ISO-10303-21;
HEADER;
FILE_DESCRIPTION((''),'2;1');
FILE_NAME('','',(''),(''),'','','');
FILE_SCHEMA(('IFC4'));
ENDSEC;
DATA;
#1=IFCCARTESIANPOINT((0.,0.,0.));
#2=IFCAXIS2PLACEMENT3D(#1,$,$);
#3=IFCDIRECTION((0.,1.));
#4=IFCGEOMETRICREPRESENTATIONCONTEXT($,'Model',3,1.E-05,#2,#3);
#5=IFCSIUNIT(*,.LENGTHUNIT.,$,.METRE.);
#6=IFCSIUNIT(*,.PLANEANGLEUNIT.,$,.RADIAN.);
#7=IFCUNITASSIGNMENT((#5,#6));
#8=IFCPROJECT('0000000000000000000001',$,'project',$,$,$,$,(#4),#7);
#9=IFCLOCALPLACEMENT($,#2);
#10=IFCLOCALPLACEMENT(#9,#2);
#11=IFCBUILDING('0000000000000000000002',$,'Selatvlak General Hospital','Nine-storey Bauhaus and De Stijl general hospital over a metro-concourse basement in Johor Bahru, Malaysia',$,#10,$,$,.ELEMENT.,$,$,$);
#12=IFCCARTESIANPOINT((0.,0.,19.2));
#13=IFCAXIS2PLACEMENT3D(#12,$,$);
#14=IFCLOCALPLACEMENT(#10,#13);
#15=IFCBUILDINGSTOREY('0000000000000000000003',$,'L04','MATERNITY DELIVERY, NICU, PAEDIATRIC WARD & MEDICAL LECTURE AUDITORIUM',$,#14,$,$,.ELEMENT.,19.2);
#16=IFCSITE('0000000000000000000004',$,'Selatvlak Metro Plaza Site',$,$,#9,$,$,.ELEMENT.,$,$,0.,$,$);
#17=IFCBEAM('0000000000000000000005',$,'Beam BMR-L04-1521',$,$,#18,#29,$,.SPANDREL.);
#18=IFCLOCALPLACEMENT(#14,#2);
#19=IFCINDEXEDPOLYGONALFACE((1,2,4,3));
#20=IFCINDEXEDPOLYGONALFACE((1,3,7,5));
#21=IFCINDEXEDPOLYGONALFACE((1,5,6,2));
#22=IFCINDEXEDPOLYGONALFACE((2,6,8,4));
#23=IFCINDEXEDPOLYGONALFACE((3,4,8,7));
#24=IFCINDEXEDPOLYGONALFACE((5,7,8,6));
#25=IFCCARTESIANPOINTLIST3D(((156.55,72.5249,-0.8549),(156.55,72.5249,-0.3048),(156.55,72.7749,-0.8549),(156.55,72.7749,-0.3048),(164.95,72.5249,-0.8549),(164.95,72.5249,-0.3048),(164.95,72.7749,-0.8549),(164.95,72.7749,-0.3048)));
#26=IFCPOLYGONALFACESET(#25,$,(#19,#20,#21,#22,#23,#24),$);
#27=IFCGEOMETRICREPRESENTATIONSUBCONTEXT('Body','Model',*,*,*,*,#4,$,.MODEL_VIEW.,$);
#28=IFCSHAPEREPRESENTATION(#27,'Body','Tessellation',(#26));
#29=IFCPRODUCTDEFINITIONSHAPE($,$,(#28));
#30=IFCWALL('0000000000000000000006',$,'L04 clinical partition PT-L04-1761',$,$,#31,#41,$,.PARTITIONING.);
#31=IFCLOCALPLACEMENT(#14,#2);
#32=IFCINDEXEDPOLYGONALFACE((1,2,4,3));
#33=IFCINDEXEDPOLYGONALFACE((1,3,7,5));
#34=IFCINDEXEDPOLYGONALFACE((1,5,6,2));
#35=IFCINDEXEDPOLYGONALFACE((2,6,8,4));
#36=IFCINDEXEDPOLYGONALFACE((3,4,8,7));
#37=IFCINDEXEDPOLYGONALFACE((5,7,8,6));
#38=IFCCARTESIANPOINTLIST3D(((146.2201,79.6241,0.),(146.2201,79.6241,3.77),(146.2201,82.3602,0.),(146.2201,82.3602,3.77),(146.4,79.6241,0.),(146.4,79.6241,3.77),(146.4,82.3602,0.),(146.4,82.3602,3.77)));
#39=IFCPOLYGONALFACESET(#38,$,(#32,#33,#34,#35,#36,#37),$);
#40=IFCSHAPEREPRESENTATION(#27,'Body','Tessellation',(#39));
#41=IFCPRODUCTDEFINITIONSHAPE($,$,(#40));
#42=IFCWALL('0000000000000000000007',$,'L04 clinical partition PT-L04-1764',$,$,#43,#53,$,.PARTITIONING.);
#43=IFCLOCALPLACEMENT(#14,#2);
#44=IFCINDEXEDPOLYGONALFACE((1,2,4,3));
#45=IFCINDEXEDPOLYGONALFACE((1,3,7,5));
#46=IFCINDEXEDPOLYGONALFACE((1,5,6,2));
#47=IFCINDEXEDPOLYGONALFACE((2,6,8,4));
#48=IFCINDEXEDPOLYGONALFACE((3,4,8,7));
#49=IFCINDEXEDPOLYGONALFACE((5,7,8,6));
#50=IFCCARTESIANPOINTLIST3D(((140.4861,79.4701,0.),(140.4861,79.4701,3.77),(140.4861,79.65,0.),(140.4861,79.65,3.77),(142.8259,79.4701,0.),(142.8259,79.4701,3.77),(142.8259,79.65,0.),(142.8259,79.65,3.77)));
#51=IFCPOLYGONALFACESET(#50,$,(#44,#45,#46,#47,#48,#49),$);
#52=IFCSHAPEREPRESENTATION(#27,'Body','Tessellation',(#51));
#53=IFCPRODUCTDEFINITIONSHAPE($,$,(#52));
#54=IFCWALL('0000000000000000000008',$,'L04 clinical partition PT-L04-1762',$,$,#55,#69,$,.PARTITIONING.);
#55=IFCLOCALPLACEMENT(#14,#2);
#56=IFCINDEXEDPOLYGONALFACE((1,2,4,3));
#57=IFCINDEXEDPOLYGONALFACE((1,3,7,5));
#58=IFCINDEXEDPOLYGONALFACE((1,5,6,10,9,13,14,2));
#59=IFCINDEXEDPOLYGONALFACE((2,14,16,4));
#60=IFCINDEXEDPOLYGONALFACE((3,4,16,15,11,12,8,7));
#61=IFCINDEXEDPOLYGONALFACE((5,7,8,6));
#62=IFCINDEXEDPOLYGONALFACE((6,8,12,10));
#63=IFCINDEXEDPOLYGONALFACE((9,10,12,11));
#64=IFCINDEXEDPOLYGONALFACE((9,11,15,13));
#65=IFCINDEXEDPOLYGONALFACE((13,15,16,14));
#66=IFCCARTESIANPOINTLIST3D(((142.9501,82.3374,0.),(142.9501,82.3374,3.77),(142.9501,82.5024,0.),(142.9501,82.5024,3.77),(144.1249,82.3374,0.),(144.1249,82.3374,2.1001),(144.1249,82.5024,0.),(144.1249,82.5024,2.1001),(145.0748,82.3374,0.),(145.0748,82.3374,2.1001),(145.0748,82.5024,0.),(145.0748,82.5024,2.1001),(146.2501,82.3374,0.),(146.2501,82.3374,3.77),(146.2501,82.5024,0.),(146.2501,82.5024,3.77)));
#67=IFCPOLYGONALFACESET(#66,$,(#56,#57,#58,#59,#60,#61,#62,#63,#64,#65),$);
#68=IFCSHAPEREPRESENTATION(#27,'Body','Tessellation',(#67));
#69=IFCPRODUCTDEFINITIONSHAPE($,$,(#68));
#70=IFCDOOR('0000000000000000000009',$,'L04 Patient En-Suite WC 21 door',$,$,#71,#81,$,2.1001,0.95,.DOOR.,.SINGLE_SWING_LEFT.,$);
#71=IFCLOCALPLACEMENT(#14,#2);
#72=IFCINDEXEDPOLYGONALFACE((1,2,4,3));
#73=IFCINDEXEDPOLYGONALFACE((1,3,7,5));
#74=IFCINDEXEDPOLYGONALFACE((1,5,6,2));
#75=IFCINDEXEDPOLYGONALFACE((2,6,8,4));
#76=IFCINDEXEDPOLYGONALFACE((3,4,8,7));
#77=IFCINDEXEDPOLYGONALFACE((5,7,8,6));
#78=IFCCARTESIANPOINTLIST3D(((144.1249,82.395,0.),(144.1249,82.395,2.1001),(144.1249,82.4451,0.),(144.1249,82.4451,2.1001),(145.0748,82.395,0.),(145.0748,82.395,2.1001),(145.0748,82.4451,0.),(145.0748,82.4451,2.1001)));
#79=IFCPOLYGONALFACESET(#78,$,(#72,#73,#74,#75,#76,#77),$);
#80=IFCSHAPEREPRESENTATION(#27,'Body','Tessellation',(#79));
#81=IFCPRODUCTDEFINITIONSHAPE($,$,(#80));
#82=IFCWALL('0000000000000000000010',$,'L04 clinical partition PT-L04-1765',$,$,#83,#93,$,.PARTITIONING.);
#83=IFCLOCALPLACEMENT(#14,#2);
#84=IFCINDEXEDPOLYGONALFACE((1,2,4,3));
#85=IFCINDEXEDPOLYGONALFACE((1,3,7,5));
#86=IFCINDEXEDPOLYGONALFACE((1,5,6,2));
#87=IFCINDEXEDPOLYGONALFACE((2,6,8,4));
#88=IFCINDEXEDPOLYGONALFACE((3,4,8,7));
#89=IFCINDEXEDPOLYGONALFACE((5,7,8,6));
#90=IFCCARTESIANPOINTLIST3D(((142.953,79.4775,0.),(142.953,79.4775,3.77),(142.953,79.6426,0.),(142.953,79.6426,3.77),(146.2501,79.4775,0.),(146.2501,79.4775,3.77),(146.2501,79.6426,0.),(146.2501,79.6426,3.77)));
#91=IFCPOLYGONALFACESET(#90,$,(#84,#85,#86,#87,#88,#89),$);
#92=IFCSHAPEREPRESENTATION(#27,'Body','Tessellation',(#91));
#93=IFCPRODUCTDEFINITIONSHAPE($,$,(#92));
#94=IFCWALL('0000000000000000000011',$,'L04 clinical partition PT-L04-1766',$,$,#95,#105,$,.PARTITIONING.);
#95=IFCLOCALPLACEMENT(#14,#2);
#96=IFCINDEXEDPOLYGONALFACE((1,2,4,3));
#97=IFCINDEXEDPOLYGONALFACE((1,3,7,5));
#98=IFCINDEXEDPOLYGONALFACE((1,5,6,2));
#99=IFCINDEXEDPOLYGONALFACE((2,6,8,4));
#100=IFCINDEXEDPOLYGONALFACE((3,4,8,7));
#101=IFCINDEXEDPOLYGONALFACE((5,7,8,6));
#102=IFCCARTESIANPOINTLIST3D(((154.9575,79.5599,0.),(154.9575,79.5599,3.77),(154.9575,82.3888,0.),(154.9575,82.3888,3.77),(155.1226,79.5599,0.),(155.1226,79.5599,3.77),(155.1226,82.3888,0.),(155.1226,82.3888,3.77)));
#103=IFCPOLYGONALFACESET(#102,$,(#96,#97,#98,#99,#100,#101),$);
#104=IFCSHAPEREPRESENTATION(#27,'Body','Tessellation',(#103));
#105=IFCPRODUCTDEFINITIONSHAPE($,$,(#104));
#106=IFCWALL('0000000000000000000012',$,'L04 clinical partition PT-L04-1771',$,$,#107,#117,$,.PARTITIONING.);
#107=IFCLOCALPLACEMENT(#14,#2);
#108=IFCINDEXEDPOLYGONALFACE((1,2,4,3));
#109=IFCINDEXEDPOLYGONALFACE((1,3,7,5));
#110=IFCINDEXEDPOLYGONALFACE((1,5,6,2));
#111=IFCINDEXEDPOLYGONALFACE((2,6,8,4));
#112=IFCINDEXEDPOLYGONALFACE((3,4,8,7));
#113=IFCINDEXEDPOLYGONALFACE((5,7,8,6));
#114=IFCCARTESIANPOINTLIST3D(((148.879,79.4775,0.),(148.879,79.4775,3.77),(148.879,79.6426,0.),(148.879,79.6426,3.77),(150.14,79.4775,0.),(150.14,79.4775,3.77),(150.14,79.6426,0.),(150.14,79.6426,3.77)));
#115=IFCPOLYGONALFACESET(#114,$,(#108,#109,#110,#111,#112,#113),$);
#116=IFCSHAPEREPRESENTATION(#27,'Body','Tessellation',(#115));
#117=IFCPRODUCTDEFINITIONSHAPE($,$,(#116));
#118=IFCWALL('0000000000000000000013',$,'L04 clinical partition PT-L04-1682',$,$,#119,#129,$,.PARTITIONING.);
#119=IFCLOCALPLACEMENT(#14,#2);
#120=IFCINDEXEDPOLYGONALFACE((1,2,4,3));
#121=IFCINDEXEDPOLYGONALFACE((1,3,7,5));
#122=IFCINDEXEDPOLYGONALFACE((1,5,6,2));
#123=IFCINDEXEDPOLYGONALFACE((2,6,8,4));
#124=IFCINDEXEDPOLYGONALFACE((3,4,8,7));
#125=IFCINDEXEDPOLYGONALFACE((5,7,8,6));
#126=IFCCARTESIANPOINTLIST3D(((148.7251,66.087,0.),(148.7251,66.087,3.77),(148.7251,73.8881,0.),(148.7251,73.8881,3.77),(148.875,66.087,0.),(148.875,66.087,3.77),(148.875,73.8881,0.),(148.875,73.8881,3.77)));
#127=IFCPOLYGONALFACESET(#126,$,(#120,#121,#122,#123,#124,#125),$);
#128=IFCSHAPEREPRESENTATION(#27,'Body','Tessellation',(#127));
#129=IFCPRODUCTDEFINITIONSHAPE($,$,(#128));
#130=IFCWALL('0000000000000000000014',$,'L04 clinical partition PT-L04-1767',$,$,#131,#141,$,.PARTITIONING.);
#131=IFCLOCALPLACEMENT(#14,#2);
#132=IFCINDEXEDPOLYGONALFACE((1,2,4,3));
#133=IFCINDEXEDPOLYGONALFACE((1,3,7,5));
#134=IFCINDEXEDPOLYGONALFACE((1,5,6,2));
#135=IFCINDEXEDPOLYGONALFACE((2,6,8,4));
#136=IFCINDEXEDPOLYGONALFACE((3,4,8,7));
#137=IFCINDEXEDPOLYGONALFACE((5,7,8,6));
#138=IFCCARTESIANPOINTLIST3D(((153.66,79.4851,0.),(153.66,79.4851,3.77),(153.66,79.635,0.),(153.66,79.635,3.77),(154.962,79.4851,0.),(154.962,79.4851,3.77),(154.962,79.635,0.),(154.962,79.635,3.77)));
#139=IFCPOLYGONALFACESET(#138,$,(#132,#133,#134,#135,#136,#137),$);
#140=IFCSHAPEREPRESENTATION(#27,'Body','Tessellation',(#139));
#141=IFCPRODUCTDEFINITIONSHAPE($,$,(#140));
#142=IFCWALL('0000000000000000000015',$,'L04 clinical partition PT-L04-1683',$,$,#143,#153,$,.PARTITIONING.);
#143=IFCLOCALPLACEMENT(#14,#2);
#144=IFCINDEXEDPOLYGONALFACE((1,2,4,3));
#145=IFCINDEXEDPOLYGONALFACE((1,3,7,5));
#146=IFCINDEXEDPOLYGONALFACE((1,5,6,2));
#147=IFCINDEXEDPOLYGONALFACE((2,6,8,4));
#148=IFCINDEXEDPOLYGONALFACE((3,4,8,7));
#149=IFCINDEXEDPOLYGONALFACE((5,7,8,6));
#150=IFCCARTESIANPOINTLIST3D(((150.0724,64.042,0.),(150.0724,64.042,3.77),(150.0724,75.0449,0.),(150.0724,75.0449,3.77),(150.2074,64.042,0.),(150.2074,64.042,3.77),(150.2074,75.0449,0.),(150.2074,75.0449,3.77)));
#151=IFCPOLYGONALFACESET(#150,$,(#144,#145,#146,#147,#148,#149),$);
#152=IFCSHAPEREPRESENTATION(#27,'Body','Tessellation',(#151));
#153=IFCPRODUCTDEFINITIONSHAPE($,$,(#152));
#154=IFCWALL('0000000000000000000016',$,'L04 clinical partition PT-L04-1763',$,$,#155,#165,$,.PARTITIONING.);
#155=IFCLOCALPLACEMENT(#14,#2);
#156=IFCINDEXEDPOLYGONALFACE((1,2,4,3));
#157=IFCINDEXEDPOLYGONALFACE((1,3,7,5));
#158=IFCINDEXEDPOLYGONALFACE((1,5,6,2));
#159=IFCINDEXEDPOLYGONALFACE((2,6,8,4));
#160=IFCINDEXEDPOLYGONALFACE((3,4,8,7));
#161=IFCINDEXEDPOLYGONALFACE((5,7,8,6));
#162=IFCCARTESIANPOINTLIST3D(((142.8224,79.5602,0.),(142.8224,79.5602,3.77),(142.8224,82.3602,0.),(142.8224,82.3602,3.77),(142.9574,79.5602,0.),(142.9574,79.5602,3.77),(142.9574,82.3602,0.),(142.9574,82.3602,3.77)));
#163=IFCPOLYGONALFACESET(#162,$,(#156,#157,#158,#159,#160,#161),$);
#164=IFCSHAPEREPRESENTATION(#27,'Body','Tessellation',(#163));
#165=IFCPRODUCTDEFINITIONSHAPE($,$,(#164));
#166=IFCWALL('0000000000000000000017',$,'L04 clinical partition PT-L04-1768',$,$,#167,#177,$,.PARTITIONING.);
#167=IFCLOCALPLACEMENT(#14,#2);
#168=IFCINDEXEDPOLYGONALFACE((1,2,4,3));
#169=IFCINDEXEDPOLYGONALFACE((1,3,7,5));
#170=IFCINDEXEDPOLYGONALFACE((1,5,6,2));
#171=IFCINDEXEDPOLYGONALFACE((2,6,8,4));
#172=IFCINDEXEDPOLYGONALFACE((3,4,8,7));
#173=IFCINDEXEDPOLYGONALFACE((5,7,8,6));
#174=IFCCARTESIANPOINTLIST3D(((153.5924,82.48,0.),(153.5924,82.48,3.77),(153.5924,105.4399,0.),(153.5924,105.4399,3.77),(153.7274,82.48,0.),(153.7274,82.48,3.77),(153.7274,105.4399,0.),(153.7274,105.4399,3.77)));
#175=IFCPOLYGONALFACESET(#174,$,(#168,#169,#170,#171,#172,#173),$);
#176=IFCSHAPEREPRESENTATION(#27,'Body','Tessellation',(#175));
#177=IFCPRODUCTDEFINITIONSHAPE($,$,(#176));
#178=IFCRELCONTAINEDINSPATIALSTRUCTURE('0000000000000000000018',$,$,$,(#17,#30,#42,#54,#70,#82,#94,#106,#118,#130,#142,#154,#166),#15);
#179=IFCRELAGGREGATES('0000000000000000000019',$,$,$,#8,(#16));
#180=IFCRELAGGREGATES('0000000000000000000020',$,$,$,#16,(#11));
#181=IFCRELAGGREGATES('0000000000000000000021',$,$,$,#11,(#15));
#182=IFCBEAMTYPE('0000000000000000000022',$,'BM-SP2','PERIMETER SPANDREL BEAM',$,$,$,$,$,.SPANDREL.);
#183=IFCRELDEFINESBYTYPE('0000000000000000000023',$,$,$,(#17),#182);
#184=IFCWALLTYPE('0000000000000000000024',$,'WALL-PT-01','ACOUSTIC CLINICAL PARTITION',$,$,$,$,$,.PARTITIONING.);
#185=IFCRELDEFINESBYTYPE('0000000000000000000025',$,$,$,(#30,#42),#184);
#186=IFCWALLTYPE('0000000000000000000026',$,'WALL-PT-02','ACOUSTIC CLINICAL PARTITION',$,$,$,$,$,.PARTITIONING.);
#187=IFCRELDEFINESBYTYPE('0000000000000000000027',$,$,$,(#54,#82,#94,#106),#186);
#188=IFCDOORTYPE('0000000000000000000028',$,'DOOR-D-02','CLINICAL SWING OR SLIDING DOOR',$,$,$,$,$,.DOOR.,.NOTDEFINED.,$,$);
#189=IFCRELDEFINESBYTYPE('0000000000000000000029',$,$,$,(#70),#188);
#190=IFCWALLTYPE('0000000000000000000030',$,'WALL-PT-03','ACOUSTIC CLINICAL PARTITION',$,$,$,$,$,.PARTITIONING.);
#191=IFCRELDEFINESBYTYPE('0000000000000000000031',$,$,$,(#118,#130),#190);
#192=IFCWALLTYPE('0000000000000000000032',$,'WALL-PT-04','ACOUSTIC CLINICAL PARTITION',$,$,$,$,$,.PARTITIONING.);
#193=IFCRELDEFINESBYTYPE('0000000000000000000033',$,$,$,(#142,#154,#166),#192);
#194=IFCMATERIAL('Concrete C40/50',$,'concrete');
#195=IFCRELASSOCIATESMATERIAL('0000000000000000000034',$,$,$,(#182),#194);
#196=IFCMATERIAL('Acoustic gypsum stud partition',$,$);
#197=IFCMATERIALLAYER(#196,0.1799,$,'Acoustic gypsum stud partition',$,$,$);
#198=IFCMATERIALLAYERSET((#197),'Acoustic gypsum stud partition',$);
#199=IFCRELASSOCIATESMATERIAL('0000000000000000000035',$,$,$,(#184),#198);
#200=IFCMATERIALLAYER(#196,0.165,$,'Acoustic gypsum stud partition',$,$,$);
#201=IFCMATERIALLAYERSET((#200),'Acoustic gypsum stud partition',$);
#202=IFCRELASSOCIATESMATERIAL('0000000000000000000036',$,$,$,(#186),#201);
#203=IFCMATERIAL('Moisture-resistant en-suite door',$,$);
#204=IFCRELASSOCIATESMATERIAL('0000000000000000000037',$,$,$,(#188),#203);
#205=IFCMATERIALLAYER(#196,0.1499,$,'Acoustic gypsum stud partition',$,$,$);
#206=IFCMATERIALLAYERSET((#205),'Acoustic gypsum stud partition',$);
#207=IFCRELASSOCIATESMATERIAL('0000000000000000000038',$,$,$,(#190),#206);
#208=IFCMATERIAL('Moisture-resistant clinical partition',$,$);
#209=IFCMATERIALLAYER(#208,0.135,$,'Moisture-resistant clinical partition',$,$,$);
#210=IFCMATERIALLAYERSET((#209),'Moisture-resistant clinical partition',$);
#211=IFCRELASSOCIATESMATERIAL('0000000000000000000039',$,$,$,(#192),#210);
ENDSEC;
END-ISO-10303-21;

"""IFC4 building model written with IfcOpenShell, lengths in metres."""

from ifc_helpers import new_model, si_unit, direction, frame, frame_2d, origin, origin_2d, place, context, subcontext, project, spatial, rectangle, extrude, material, layer, layer_set, material_profile, profile_set, type_object, element, fill, save


model = new_model("IFC4")

# Units and contexts
model_context = context("Model", 3, precision=1e-05, world=origin(), true_north=direction((0.0, 1.0)))
body_context = subcontext(model_context, "Body", "Model", "MODEL_VIEW")
ifc_project = project(units=[si_unit("LENGTHUNIT", "METRE"), si_unit("PLANEANGLEUNIT", "RADIAN")], contexts=[model_context])

# Site, building, storey
site_placement = place(None, origin())
site = spatial("IfcSite", under=ifc_project, at=site_placement, Name="Selatvlak Metro Plaza Site", CompositionType="ELEMENT", RefElevation=0.0)
building_placement = place(site_placement, origin())
building = spatial("IfcBuilding", under=site, at=building_placement, Name="Selatvlak General Hospital", Description="Nine-storey Bauhaus and De Stijl general hospital over a metro-concourse basement in Johor Bahru, Malaysia", CompositionType="ELEMENT")
storey_placement = place(building_placement, frame((0.0, 0.0, 19.2)))
storey = spatial("IfcBuildingStorey", under=building, at=storey_placement, Name="L04", Description="MATERNITY DELIVERY, NICU, PAEDIATRIC WARD & MEDICAL LECTURE AUDITORIUM", CompositionType="ELEMENT", Elevation=19.2)

# Beam
ifc_material_1 = material(Name="Concrete C40/50", Category="concrete")
ifc_material_profile_1 = material_profile(ifc_material_1, rectangle(XDim=0.25, YDim=0.55, at=origin_2d()), Name="RC-SP 250x550")
ifc_profile_set_1 = profile_set([ifc_material_profile_1], Name="Concrete C40/50")
beam_type_1 = type_object("IfcBeamType", Name="BM-SP2", Description="PERIMETER SPANDREL BEAM", PredefinedType="SPANDREL", material=ifc_profile_set_1)
beam_1_placement = place(storey_placement, frame((156.55, 72.6499, -0.5798), z_axis=(1.0, 0.0, 0.0), x_axis=(0.0, 1.0, 0.0)))
element("IfcBeam", 1, at=beam_1_placement, inside=storey, type_object=beam_type_1, Name="Beam BMR-L04-1521", PredefinedType="SPANDREL", context=body_context, shape_type="SweptSolid", body=[
    extrude(rectangle(XDim=0.25, YDim=0.55, at=origin_2d()), origin(), (0.0, 0.0, 1.0), 8.3999),
])

# Walls
ifc_material_2 = material(Name="Acoustic gypsum stud partition")
ifc_layer_1 = layer(ifc_material_2, 0.1799, Name="Acoustic gypsum stud partition")
ifc_layer_set_1 = layer_set([ifc_layer_1], Name="Acoustic gypsum stud partition")
wall_type_1 = type_object("IfcWallType", Name="WALL-PT-01", Description="ACOUSTIC CLINICAL PARTITION", PredefinedType="PARTITIONING", material=ifc_layer_set_1)
wall_1_placement = place(storey_placement, frame((146.3101, 79.624, 0.0), z_axis=(0.0, 0.0, 1.0), x_axis=(0.0, 1.0, 0.0)))
element("IfcWall", 2, at=wall_1_placement, inside=storey, type_object=wall_type_1, Name="L04 clinical partition PT-L04-1761", PredefinedType="PARTITIONING", context=body_context, shape_type="SweptSolid", body=[
    extrude(rectangle(XDim=2.7361, YDim=0.1799, at=frame_2d((1.3682, 0.0))), origin(), (0.0, 0.0, 1.0), 3.77),
])
wall_2_placement = place(storey_placement, frame((142.8259, 79.5601, 0.0), z_axis=(0.0, 0.0, 1.0), x_axis=(-1.0, 0.0, 0.0)))
element("IfcWall", 3, at=wall_2_placement, inside=storey, type_object=wall_type_1, Name="L04 clinical partition PT-L04-1764", PredefinedType="PARTITIONING", context=body_context, shape_type="SweptSolid", body=[
    extrude(rectangle(XDim=2.3398, YDim=0.1799, at=frame_2d((1.1699, 0.0))), origin(), (0.0, 0.0, 1.0), 3.77),
])

# Wall, opening, door
ifc_layer_2 = layer(ifc_material_2, 0.165, Name="Acoustic gypsum stud partition")
ifc_layer_set_2 = layer_set([ifc_layer_2], Name="Acoustic gypsum stud partition")
wall_type_2 = type_object("IfcWallType", Name="WALL-PT-02", Description="ACOUSTIC CLINICAL PARTITION", PredefinedType="PARTITIONING", material=ifc_layer_set_2)
wall_3_placement = place(storey_placement, frame((146.25, 82.4199, 0.0), z_axis=(0.0, 0.0, 1.0), x_axis=(-1.0, 0.0, 0.0)))
wall_3 = element("IfcWall", 4, at=wall_3_placement, inside=storey, type_object=wall_type_2, Name="L04 clinical partition PT-L04-1762", PredefinedType="PARTITIONING", context=body_context, shape_type="SweptSolid", body=[
    extrude(rectangle(XDim=3.3, YDim=0.165, at=frame_2d((1.6499, 0.0))), origin(), (0.0, 0.0, 1.0), 3.77),
])
opening_1_placement = place(wall_3_placement, frame((1.175, 0.0, 0.0)))
opening_1 = element("IfcOpeningElement", 5, at=opening_1_placement, cuts=wall_3, PredefinedType="OPENING", context=body_context, shape_type="SweptSolid", body=[
    extrude(rectangle(XDim=0.95, YDim=2.1001, at=frame_2d((0.4751, 1.05))), frame((0.0, 0.0925, 0.0), z_axis=(0.0, -1.0, 0.0), x_axis=(1.0, 0.0, 0.0)), (0.0, 0.0, 1.0), 0.1851),
])
ifc_material_3 = material(Name="Moisture-resistant en-suite door")
door_type_1 = type_object("IfcDoorType", Name="DOOR-D-02", Description="CLINICAL SWING OR SLIDING DOOR", OperationType="NOTDEFINED", PredefinedType="DOOR", material=ifc_material_3)
door_1_placement = place(opening_1_placement, origin())
door_1 = element("IfcDoor", 6, at=door_1_placement, inside=storey, type_object=door_type_1, Name="L04 Patient En-Suite WC 21 door", OperationType="SINGLE_SWING_LEFT", OverallHeight=2.1001, OverallWidth=0.95, PredefinedType="DOOR", context=body_context, shape_type="SweptSolid", body=[
    extrude(rectangle(XDim=0.95, YDim=2.1001, at=frame_2d((0.4751, 1.05))), frame((0.0, 0.0249, 0.0), z_axis=(0.0, -1.0, 0.0), x_axis=(1.0, 0.0, 0.0)), (0.0, 0.0, 1.0), 0.05),
])
fill(opening_1, door_1)

# Walls
wall_4_placement = place(storey_placement, frame((146.25, 79.5601, 0.0), z_axis=(0.0, 0.0, 1.0), x_axis=(-1.0, 0.0, 0.0)))
element("IfcWall", 7, at=wall_4_placement, inside=storey, type_object=wall_type_2, Name="L04 clinical partition PT-L04-1765", PredefinedType="PARTITIONING", context=body_context, shape_type="SweptSolid", body=[
    extrude(rectangle(XDim=3.2971, YDim=0.165, at=frame_2d((1.6484, 0.0))), origin(), (0.0, 0.0, 1.0), 3.77),
])
wall_5_placement = place(storey_placement, frame((155.04, 82.3889, 0.0), z_axis=(0.0, 0.0, 1.0), x_axis=(0.0, -1.0, 0.0)))
element("IfcWall", 8, at=wall_5_placement, inside=storey, type_object=wall_type_2, Name="L04 clinical partition PT-L04-1766", PredefinedType="PARTITIONING", context=body_context, shape_type="SweptSolid", body=[
    extrude(rectangle(XDim=2.8289, YDim=0.165, at=frame_2d((1.4146, 0.0))), origin(), (0.0, 0.0, 1.0), 3.77),
])
wall_6_placement = place(storey_placement, frame((150.1399, 79.5601, 0.0), z_axis=(0.0, 0.0, 1.0), x_axis=(-1.0, 0.0, 0.0)))
element("IfcWall", 9, at=wall_6_placement, inside=storey, type_object=wall_type_2, Name="L04 clinical partition PT-L04-1771", PredefinedType="PARTITIONING", context=body_context, shape_type="SweptSolid", body=[
    extrude(rectangle(XDim=1.261, YDim=0.165, at=frame_2d((0.6304, 0.0))), origin(), (0.0, 0.0, 1.0), 3.77),
])
ifc_layer_3 = layer(ifc_material_2, 0.1499, Name="Acoustic gypsum stud partition")
ifc_layer_set_3 = layer_set([ifc_layer_3], Name="Acoustic gypsum stud partition")
wall_type_3 = type_object("IfcWallType", Name="WALL-PT-03", Description="ACOUSTIC CLINICAL PARTITION", PredefinedType="PARTITIONING", material=ifc_layer_set_3)
wall_7_placement = place(storey_placement, frame((148.8, 73.8879, 0.0), z_axis=(0.0, 0.0, 1.0), x_axis=(0.0, -1.0, 0.0)))
element("IfcWall", 10, at=wall_7_placement, inside=storey, type_object=wall_type_3, Name="L04 clinical partition PT-L04-1682", PredefinedType="PARTITIONING", context=body_context, shape_type="SweptSolid", body=[
    extrude(rectangle(XDim=7.801, YDim=0.1499, at=frame_2d((3.9004, 0.0))), origin(), (0.0, 0.0, 1.0), 3.77),
])
wall_8_placement = place(storey_placement, frame((154.9619, 79.5601, 0.0), z_axis=(0.0, 0.0, 1.0), x_axis=(-1.0, 0.0, 0.0)))
element("IfcWall", 11, at=wall_8_placement, inside=storey, type_object=wall_type_3, Name="L04 clinical partition PT-L04-1767", PredefinedType="PARTITIONING", context=body_context, shape_type="SweptSolid", body=[
    extrude(rectangle(XDim=1.302, YDim=0.1499, at=frame_2d((0.6509, 0.0))), origin(), (0.0, 0.0, 1.0), 3.77),
])
ifc_material_4 = material(Name="Moisture-resistant clinical partition")
ifc_layer_4 = layer(ifc_material_4, 0.135, Name="Moisture-resistant clinical partition")
ifc_layer_set_4 = layer_set([ifc_layer_4], Name="Moisture-resistant clinical partition")
wall_type_4 = type_object("IfcWallType", Name="WALL-PT-04", Description="ACOUSTIC CLINICAL PARTITION", PredefinedType="PARTITIONING", material=ifc_layer_set_4)
wall_9_placement = place(storey_placement, frame((150.1399, 75.0449, 0.0), z_axis=(0.0, 0.0, 1.0), x_axis=(0.0, -1.0, 0.0)))
element("IfcWall", 12, at=wall_9_placement, inside=storey, type_object=wall_type_4, Name="L04 clinical partition PT-L04-1683", PredefinedType="PARTITIONING", context=body_context, shape_type="SweptSolid", body=[
    extrude(rectangle(XDim=11.0029, YDim=0.135, at=frame_2d((5.5015, 0.0))), origin(), (0.0, 0.0, 1.0), 3.77),
])

# Walls
wall_10_placement = place(storey_placement, frame((142.8899, 82.3601, 0.0), z_axis=(0.0, 0.0, 1.0), x_axis=(0.0, -1.0, 0.0)))
element("IfcWall", 13, at=wall_10_placement, inside=storey, type_object=wall_type_4, Name="L04 clinical partition PT-L04-1763", PredefinedType="PARTITIONING", context=body_context, shape_type="SweptSolid", body=[
    extrude(rectangle(XDim=2.8, YDim=0.135, at=frame_2d((1.3999, 0.0))), origin(), (0.0, 0.0, 1.0), 3.77),
])
wall_11_placement = place(storey_placement, frame((153.6599, 82.48, 0.0), z_axis=(0.0, 0.0, 1.0), x_axis=(0.0, 1.0, 0.0)))
element("IfcWall", 14, at=wall_11_placement, inside=storey, type_object=wall_type_4, Name="L04 clinical partition PT-L04-1768", PredefinedType="PARTITIONING", context=body_context, shape_type="SweptSolid", body=[
    extrude(rectangle(XDim=22.96, YDim=0.135, at=frame_2d((11.48, 0.0))), origin(), (0.0, 0.0, 1.0), 3.77),
])

save(model, "model.ifc")
